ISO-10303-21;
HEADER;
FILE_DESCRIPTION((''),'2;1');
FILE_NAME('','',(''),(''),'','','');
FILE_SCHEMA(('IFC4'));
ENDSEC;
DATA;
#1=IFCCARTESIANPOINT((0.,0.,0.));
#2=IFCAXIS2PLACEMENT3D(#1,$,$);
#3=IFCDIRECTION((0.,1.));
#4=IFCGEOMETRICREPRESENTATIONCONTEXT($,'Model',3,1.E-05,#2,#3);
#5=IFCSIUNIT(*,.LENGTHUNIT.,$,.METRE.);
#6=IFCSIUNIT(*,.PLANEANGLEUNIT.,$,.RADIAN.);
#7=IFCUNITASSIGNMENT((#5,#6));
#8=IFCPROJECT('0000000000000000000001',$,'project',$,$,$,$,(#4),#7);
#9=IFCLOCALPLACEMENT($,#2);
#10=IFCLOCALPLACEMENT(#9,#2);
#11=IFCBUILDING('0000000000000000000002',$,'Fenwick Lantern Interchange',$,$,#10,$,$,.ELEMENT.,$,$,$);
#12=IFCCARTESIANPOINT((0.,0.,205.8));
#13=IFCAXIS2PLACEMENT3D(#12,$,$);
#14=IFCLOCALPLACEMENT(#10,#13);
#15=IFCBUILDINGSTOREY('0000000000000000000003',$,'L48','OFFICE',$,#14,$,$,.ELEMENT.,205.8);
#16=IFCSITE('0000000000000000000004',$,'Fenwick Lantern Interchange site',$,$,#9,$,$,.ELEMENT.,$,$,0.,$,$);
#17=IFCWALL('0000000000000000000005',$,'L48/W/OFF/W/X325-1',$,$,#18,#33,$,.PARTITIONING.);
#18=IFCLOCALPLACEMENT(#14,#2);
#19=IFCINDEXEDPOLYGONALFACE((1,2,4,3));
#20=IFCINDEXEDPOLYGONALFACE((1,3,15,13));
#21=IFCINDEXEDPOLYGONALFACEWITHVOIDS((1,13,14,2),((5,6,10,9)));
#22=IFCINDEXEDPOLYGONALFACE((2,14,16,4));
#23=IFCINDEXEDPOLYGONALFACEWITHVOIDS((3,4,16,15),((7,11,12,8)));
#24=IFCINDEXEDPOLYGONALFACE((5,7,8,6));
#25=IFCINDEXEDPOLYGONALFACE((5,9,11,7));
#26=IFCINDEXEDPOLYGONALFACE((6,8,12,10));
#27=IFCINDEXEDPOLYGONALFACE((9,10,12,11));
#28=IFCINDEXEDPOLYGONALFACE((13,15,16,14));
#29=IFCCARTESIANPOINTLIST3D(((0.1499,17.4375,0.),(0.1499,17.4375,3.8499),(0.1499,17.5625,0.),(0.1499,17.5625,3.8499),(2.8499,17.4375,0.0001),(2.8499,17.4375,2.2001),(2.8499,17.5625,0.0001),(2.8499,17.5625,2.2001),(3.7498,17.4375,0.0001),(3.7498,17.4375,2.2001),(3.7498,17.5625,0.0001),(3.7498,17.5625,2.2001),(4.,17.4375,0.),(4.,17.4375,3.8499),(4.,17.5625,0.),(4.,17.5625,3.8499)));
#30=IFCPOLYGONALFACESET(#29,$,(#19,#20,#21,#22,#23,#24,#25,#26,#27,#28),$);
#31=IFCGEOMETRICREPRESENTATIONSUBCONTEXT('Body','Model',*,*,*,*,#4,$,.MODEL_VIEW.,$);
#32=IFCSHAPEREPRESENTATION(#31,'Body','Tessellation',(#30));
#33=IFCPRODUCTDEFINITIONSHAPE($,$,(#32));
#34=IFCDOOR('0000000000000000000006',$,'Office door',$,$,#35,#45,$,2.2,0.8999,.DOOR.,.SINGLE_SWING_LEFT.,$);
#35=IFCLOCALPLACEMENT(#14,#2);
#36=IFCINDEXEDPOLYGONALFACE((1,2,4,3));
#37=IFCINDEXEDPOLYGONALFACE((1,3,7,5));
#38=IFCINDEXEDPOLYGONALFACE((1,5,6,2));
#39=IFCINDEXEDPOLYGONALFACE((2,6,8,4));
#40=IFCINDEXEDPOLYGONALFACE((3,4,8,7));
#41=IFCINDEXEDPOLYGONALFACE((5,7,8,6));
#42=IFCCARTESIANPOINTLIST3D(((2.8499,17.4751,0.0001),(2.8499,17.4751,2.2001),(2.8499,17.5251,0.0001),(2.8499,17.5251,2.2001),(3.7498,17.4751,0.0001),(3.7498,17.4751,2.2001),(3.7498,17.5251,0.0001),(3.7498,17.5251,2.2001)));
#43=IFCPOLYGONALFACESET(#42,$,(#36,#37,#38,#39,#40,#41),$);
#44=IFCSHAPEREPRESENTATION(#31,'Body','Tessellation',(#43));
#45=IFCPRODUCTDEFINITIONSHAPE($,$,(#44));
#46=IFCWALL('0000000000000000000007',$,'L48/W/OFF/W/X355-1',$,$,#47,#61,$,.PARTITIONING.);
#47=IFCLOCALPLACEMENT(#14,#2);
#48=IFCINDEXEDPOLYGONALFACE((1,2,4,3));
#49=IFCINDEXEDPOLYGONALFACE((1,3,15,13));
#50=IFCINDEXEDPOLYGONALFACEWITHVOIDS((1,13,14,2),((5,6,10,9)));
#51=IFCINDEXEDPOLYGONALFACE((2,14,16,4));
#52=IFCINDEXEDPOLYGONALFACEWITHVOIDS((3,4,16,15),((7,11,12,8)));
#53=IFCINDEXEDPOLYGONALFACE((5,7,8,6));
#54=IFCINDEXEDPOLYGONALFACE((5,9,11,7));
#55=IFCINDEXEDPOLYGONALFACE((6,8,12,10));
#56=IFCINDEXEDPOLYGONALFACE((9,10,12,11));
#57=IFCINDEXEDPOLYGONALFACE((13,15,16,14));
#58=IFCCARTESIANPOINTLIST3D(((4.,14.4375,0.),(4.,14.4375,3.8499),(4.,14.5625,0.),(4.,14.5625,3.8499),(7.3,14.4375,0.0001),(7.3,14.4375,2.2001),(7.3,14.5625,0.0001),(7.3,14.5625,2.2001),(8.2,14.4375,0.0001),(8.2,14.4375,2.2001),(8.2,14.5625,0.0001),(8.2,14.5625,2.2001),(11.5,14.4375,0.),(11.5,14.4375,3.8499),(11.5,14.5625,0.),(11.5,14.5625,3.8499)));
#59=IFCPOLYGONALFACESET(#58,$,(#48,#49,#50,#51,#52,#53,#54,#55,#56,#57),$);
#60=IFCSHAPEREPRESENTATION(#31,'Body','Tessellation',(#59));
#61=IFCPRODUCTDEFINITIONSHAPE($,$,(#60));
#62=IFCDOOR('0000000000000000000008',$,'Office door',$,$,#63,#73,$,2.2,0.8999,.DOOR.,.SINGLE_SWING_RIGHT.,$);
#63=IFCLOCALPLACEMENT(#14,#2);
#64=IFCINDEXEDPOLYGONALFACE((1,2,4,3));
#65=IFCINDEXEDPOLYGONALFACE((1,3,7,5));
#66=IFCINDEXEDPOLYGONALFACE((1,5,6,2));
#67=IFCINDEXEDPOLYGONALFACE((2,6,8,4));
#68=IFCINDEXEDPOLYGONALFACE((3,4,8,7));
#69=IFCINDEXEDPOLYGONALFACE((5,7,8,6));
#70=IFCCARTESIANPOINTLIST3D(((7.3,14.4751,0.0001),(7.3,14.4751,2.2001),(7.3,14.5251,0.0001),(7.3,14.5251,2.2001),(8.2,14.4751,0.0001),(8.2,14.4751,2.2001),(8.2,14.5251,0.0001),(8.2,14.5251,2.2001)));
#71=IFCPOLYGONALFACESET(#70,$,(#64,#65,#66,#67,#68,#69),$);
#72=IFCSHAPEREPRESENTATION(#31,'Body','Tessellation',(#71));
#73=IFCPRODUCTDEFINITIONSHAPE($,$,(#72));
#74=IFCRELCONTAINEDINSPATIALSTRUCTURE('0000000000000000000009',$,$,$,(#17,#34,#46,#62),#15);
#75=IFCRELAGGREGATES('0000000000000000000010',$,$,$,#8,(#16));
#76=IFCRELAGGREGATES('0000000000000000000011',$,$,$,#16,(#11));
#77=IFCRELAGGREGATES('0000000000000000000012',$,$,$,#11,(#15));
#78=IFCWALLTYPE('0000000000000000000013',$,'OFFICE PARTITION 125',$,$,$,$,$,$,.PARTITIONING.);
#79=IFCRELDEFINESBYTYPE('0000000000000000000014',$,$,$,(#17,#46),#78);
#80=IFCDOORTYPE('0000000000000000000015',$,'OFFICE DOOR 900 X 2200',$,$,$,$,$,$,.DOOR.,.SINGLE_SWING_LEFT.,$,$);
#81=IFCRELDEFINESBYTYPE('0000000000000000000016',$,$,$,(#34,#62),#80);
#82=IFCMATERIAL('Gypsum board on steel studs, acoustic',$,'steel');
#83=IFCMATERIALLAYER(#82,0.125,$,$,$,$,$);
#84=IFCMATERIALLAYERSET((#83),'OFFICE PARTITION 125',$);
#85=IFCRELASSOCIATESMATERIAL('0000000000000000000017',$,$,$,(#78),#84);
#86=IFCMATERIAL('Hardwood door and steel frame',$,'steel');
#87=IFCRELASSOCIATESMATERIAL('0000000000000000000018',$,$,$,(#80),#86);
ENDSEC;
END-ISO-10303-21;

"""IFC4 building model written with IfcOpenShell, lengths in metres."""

from ifc_helpers import new_model, si_unit, direction, frame, frame_2d, origin, place, context, subcontext, project, spatial, rectangle, extrude, material, layer, layer_set, type_object, element, fill, save


model = new_model("IFC4")

# Units and contexts
model_context = context("Model", 3, precision=1e-05, world=origin(), true_north=direction((0.0, 1.0)))
body_context = subcontext(model_context, "Body", "Model", "MODEL_VIEW")
ifc_project = project(units=[si_unit("LENGTHUNIT", "METRE"), si_unit("PLANEANGLEUNIT", "RADIAN")], contexts=[model_context])

# Site, building, storey
site_placement = place(None, origin())
site = spatial("IfcSite", under=ifc_project, at=site_placement, Name="Fenwick Lantern Interchange site", CompositionType="ELEMENT", RefElevation=0.0)
building_placement = place(site_placement, origin())
building = spatial("IfcBuilding", under=site, at=building_placement, Name="Fenwick Lantern Interchange", CompositionType="ELEMENT")
storey_placement = place(building_placement, frame((0.0, 0.0, 205.8)))
storey = spatial("IfcBuildingStorey", under=building, at=storey_placement, Name="L48", Description="OFFICE", CompositionType="ELEMENT", Elevation=205.8)

# Shared definitions
ifc_material_1 = material(Name="Gypsum board on steel studs, acoustic", Category="steel")
ifc_layer_1 = layer(ifc_material_1, 0.125)
ifc_layer_set_1 = layer_set([ifc_layer_1], Name="OFFICE PARTITION 125")
wall_type_1 = type_object("IfcWallType", Name="OFFICE PARTITION 125", PredefinedType="PARTITIONING", material=ifc_layer_set_1)

# Walls, openings, doors
wall_1_placement = place(storey_placement, frame((0.1499, 17.5, 0.0), z_axis=(0.0, 0.0, 1.0), x_axis=(1.0, 0.0, 0.0)))
wall_1 = element("IfcWall", 1, at=wall_1_placement, inside=storey, type_object=wall_type_1, Name="L48/W/OFF/W/X325-1", PredefinedType="PARTITIONING", context=body_context, shape_type="SweptSolid", body=[
    extrude(rectangle(XDim=3.8501, YDim=0.125, at=frame_2d((1.925, 0.0))), origin(), (0.0, 0.0, 1.0), 3.8499),
])
opening_1_placement = place(wall_1_placement, frame((2.7, 0.0, 0.0)))
opening_1 = element("IfcOpeningElement", 2, at=opening_1_placement, cuts=wall_1, PredefinedType="OPENING", context=body_context, shape_type="SweptSolid", body=[
    extrude(rectangle(XDim=0.8999, YDim=2.2, at=frame_2d((0.45, 1.1001))), frame((0.0, 0.0725, 0.0), z_axis=(0.0, -1.0, 0.0), x_axis=(1.0, 0.0, 0.0)), (0.0, 0.0, 1.0), 0.145),
])
ifc_material_2 = material(Name="Hardwood door and steel frame", Category="steel")
door_type = type_object("IfcDoorType", Name="OFFICE DOOR 900 X 2200", OperationType="SINGLE_SWING_LEFT", PredefinedType="DOOR", material=ifc_material_2)
door_1_placement = place(opening_1_placement, frame((0.8999, 0.0, 0.0), z_axis=(0.0, 0.0, 1.0), x_axis=(-1.0, 0.0, 0.0)))
door_1 = element("IfcDoor", 3, at=door_1_placement, inside=storey, type_object=door_type, Name="Office door", OperationType="SINGLE_SWING_LEFT", OverallHeight=2.2, OverallWidth=0.8999, PredefinedType="DOOR", context=body_context, shape_type="SweptSolid", body=[
    extrude(rectangle(XDim=0.8999, YDim=2.2, at=frame_2d((0.45, 1.1001))), frame((0.0, 0.0249, 0.0), z_axis=(0.0, -1.0, 0.0), x_axis=(1.0, 0.0, 0.0)), (0.0, 0.0, 1.0), 0.05),
])
fill(opening_1, door_1)
wall_2_placement = place(storey_placement, frame((4.0, 14.5, 0.0), z_axis=(0.0, 0.0, 1.0), x_axis=(1.0, 0.0, 0.0)))
wall_2 = element("IfcWall", 4, at=wall_2_placement, inside=storey, type_object=wall_type_1, Name="L48/W/OFF/W/X355-1", PredefinedType="PARTITIONING", context=body_context, shape_type="SweptSolid", body=[
    extrude(rectangle(XDim=7.5, YDim=0.125, at=frame_2d((3.75, 0.0))), origin(), (0.0, 0.0, 1.0), 3.8499),
])
opening_2_placement = place(wall_2_placement, frame((3.3, 0.0, 0.0)))
opening_2 = element("IfcOpeningElement", 5, at=opening_2_placement, cuts=wall_2, PredefinedType="OPENING", context=body_context, shape_type="SweptSolid", body=[
    extrude(rectangle(XDim=0.8999, YDim=2.2, at=frame_2d((0.45, 1.1001))), frame((0.0, 0.0725, 0.0), z_axis=(0.0, -1.0, 0.0), x_axis=(1.0, 0.0, 0.0)), (0.0, 0.0, 1.0), 0.145),
])
door_2_placement = place(opening_2_placement, frame((0.8999, 0.0, 0.0), z_axis=(0.0, 0.0, 1.0), x_axis=(-1.0, 0.0, 0.0)))
door_2 = element("IfcDoor", 6, at=door_2_placement, inside=storey, type_object=door_type, Name="Office door", OperationType="SINGLE_SWING_RIGHT", OverallHeight=2.2, OverallWidth=0.8999, PredefinedType="DOOR", context=body_context, shape_type="SweptSolid", body=[
    extrude(rectangle(XDim=0.8999, YDim=2.2, at=frame_2d((0.45, 1.1001))), frame((0.0, 0.0249, 0.0), z_axis=(0.0, -1.0, 0.0), x_axis=(1.0, 0.0, 0.0)), (0.0, 0.0, 1.0), 0.05),
])
fill(opening_2, door_2)

save(model, "model.ifc")
